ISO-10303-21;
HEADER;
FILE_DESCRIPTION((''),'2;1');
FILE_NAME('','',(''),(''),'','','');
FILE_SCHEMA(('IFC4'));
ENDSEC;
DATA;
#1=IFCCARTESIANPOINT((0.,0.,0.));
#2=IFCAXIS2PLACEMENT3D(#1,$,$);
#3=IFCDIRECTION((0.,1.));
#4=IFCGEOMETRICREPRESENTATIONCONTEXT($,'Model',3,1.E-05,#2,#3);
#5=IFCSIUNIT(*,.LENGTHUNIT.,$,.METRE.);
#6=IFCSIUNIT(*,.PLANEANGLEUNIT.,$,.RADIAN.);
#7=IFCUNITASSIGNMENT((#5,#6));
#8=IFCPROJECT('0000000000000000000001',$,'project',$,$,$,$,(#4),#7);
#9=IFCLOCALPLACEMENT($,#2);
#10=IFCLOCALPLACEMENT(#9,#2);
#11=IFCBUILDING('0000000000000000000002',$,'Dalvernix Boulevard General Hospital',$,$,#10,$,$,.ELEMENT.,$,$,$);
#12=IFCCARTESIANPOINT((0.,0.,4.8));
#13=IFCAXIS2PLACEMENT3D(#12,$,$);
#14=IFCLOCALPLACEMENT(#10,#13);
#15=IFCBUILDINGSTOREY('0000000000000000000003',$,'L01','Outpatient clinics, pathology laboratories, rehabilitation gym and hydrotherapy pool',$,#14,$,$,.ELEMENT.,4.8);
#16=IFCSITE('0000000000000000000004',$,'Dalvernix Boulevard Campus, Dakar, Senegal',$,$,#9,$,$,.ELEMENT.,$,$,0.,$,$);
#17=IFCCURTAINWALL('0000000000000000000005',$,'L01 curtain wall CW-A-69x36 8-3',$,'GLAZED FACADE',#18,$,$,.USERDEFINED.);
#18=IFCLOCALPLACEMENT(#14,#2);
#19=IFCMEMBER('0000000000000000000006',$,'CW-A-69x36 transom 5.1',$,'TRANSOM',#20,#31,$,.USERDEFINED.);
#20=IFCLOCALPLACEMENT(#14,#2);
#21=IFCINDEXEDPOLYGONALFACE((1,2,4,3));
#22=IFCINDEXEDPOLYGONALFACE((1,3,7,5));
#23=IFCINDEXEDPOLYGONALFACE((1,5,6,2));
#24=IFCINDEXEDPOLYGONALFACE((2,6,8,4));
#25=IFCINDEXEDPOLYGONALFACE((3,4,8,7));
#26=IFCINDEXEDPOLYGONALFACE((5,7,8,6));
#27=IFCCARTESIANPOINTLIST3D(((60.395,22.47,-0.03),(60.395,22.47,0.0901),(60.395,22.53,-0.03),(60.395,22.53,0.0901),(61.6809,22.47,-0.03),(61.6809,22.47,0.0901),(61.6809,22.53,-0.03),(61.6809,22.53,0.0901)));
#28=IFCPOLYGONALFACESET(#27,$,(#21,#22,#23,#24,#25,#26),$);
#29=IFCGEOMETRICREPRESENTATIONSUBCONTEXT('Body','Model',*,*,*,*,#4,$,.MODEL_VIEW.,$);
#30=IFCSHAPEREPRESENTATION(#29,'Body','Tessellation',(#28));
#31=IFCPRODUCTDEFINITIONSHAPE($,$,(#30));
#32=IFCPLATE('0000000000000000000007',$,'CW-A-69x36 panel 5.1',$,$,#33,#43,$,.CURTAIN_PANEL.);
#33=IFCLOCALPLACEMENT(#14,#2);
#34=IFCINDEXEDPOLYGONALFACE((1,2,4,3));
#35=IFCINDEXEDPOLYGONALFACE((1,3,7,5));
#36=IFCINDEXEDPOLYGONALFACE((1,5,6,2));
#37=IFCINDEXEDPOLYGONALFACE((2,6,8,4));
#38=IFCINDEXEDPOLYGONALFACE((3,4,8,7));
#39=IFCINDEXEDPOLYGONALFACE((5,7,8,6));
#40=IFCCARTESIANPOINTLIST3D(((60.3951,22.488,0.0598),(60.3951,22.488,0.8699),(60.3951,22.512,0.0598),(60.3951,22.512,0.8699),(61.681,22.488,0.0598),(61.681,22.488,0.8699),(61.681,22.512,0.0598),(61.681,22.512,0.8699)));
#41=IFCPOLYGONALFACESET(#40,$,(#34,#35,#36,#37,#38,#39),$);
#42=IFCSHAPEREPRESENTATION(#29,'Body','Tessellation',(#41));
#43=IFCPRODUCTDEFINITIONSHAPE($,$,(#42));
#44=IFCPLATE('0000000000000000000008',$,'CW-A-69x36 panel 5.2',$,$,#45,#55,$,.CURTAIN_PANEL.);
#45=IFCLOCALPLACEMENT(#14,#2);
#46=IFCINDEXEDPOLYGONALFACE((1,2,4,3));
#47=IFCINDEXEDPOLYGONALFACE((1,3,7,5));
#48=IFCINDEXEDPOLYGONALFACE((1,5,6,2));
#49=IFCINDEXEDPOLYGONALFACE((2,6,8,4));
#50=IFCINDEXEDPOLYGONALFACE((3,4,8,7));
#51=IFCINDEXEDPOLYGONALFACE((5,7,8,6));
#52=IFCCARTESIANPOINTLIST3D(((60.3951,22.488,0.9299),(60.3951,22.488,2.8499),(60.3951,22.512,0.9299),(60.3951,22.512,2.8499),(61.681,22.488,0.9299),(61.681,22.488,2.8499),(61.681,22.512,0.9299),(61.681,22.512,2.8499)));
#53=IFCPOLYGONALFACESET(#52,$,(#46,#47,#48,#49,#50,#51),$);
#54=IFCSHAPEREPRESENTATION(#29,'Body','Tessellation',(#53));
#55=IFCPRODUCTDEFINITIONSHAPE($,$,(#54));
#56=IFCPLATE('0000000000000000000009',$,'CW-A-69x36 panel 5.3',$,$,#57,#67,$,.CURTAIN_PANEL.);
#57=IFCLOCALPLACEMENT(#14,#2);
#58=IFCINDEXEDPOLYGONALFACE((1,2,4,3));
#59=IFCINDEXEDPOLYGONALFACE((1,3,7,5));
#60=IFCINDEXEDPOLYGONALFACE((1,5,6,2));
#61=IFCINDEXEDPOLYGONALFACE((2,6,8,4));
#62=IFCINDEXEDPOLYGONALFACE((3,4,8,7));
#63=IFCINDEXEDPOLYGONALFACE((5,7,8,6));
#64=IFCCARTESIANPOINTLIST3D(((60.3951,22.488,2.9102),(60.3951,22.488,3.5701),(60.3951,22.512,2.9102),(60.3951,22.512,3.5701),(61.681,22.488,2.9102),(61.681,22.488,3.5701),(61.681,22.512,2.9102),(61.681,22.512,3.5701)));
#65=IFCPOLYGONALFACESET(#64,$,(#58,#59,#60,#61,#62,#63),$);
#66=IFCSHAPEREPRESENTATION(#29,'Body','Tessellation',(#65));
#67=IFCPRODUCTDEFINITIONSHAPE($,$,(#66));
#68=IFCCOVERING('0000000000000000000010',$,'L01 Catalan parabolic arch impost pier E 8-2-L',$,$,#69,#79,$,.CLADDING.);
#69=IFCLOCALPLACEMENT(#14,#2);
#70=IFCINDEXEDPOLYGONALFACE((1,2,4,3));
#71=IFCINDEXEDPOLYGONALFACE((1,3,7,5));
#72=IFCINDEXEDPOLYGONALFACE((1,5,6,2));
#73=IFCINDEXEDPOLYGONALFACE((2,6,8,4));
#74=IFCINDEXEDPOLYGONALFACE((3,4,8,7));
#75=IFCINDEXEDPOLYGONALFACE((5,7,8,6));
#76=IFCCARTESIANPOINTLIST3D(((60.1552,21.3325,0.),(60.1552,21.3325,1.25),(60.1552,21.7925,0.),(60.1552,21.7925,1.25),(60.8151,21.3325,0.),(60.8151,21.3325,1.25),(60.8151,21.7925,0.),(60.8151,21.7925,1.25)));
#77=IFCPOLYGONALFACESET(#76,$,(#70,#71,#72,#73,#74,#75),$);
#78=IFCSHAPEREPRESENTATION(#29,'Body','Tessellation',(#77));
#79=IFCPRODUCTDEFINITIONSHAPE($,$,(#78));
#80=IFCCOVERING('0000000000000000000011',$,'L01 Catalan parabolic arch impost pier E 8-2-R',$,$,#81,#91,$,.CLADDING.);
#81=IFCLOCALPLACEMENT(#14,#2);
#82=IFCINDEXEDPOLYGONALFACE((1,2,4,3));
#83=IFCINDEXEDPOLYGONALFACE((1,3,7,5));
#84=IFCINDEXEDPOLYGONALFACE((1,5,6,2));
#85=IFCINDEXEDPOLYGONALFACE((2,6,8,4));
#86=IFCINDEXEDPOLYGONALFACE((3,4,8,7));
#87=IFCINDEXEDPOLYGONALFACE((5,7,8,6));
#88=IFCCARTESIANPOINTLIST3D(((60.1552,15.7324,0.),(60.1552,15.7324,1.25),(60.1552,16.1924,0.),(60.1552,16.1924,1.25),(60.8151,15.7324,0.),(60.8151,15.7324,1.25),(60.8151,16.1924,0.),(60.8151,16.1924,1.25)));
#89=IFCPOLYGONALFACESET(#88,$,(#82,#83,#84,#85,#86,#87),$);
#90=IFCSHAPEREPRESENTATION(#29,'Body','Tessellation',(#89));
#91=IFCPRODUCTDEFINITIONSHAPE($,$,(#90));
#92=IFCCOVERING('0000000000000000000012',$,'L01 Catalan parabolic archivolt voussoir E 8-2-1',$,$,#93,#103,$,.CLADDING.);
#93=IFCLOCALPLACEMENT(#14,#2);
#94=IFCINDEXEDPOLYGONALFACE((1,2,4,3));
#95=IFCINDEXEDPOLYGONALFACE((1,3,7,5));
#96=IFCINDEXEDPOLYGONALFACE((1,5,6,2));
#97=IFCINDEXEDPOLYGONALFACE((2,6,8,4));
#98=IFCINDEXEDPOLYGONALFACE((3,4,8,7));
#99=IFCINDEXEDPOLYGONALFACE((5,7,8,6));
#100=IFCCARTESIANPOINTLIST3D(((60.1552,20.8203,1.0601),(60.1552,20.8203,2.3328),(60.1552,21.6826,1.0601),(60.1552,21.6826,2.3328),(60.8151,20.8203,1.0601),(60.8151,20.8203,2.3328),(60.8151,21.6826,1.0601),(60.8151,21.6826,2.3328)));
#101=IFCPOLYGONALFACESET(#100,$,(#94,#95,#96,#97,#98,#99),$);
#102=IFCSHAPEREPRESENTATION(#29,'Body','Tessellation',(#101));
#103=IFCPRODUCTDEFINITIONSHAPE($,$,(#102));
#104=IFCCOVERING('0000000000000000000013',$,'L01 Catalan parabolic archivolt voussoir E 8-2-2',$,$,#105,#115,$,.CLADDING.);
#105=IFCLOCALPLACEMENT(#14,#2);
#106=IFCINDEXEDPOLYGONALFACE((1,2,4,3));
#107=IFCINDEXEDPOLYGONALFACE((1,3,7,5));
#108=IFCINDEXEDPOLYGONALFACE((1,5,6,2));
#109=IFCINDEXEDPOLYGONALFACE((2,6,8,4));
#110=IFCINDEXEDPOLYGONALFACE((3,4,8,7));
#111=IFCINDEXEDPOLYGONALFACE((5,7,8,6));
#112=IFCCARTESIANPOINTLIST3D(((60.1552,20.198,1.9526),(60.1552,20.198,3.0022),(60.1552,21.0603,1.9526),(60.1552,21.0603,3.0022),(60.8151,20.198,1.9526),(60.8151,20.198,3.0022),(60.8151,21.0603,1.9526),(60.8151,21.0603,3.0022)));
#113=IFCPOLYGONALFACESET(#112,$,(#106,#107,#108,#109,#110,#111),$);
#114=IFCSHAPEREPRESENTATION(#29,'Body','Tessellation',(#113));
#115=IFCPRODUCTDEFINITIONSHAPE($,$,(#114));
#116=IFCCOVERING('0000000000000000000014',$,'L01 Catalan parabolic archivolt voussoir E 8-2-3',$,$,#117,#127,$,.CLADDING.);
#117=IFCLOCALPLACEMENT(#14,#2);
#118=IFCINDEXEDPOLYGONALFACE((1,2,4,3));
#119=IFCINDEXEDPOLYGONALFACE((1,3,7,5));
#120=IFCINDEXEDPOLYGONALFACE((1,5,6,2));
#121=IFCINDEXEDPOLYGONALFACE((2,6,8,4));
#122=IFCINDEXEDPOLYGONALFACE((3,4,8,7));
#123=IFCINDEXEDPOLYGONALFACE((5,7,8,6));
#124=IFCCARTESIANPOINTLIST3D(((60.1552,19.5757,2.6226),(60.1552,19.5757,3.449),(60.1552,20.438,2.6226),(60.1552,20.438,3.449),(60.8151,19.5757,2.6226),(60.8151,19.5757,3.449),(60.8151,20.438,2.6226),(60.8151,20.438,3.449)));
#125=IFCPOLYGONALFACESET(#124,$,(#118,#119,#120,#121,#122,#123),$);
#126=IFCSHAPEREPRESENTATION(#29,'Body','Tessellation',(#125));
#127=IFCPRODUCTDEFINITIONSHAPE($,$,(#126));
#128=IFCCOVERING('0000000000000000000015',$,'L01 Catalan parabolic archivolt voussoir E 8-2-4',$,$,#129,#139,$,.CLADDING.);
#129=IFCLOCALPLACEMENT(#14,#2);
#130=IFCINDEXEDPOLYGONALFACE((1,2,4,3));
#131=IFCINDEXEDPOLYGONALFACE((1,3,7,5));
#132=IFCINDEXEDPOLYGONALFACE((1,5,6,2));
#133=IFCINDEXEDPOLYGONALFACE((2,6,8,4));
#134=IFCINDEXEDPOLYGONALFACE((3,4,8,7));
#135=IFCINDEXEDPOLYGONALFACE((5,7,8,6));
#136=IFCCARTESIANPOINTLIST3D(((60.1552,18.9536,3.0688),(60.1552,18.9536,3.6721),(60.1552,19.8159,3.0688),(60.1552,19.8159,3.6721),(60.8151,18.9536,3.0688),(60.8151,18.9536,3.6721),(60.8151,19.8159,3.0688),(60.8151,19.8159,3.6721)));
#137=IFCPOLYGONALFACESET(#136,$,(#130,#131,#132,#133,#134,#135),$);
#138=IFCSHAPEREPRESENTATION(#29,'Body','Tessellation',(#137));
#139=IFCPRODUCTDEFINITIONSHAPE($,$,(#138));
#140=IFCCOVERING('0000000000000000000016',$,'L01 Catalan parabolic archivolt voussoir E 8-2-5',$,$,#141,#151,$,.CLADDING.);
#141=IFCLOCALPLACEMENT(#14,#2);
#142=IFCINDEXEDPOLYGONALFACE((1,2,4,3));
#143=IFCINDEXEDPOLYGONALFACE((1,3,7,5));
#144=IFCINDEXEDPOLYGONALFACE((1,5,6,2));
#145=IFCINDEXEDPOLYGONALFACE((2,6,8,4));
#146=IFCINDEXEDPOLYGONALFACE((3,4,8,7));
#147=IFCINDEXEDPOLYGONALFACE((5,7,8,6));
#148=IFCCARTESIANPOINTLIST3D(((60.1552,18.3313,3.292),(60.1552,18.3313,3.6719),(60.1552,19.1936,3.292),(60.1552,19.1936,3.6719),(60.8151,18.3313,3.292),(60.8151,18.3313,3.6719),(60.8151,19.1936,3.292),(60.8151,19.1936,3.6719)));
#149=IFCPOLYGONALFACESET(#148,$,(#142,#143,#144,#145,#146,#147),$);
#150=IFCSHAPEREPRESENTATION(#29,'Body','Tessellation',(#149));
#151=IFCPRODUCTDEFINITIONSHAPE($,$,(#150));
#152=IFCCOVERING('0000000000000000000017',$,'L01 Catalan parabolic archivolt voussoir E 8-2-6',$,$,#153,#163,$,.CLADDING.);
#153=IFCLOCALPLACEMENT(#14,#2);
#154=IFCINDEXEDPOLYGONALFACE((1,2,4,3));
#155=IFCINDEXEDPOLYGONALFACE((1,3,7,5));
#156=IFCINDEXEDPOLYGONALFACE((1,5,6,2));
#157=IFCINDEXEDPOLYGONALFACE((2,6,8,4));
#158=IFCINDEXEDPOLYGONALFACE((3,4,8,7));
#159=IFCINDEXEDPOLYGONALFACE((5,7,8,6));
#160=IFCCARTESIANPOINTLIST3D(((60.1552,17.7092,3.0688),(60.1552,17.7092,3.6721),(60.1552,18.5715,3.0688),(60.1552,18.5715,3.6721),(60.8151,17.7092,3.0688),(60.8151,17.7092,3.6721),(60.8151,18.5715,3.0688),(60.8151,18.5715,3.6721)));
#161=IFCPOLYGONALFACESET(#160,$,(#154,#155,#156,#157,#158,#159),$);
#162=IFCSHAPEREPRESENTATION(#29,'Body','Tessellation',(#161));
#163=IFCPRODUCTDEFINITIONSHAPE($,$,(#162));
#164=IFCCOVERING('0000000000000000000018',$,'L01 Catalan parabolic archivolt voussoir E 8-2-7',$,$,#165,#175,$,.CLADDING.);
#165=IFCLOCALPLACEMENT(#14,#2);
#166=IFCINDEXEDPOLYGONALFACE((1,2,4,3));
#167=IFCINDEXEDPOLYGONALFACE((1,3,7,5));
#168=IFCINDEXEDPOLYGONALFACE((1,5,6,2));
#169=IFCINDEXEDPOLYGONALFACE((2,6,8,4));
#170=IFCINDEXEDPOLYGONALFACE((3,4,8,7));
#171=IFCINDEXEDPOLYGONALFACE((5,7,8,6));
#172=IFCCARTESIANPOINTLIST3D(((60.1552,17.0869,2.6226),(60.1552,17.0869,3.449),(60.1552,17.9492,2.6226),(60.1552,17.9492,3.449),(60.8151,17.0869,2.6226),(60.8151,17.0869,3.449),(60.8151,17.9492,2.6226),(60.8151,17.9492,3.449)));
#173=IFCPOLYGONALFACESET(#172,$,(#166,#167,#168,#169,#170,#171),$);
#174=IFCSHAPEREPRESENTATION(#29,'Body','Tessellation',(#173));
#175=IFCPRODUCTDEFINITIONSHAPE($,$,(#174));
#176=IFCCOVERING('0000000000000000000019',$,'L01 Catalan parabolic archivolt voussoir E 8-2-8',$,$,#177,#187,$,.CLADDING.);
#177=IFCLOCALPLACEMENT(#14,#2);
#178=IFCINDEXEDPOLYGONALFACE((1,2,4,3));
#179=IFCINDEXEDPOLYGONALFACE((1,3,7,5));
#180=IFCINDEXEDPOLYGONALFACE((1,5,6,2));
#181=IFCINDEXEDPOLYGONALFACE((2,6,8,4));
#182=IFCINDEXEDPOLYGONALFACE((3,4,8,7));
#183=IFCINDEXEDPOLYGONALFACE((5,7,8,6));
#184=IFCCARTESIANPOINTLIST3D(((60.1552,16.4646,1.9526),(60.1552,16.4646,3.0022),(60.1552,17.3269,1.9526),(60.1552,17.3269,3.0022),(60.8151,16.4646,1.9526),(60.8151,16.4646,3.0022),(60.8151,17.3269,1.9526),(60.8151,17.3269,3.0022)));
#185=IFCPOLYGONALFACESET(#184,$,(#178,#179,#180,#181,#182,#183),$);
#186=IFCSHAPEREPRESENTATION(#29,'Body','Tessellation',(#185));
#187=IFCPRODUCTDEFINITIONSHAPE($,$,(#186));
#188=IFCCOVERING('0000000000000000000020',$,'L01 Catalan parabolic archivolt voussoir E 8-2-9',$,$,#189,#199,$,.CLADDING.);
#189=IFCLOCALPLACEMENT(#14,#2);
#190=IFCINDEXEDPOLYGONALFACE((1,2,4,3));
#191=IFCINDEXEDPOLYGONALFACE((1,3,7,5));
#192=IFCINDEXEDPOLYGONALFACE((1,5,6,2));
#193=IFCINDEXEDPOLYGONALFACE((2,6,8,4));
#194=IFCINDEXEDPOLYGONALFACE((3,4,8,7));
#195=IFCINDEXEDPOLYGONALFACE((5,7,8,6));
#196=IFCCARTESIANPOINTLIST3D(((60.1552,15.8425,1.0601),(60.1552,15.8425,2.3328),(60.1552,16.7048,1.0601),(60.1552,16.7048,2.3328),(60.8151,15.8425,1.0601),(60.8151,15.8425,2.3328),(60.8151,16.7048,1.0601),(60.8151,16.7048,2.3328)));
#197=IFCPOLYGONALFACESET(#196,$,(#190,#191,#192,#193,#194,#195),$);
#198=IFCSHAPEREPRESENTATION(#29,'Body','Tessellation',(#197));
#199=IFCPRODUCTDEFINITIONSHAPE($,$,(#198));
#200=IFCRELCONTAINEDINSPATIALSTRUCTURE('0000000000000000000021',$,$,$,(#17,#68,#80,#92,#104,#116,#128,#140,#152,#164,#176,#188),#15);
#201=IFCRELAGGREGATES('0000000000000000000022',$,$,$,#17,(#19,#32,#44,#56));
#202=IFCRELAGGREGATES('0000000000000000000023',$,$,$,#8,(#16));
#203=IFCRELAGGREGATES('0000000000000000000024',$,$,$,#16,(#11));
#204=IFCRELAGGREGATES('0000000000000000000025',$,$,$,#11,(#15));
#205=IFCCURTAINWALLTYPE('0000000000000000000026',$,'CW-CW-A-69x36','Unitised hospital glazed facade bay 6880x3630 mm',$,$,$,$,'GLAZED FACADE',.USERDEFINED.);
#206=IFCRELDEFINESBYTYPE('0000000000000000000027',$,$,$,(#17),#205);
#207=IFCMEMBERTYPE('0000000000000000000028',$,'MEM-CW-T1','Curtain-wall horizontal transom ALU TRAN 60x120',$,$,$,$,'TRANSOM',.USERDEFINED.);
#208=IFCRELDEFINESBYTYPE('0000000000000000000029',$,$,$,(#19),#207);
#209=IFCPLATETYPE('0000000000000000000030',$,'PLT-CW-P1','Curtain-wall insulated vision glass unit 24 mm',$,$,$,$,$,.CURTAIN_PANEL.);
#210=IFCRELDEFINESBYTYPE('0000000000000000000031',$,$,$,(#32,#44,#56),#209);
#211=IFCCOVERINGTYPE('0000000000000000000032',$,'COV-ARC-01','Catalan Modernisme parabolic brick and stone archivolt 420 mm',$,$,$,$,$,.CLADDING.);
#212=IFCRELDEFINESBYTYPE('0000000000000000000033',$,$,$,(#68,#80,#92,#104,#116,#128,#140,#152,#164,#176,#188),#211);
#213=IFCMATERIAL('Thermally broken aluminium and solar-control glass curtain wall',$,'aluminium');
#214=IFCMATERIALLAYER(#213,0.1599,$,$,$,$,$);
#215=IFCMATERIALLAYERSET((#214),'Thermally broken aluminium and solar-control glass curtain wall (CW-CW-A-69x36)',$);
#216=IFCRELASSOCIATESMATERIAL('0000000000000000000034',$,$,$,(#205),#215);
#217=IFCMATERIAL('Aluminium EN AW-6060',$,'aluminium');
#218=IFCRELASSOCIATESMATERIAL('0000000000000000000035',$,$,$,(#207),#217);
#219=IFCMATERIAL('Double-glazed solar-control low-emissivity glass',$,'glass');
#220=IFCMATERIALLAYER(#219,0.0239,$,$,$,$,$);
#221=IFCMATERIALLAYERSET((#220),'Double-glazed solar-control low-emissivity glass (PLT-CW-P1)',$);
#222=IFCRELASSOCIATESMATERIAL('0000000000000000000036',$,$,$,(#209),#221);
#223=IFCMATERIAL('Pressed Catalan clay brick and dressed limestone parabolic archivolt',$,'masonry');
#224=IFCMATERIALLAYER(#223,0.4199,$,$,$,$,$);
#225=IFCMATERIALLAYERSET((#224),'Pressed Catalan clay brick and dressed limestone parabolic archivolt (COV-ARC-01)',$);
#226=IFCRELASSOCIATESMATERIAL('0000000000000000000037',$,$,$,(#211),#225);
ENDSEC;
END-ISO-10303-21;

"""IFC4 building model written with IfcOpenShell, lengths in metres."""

from ifc_helpers import new_model, si_unit, direction, frame, origin, origin_2d, place, context, subcontext, project, spatial, rectangle, extrude, material, layer, layer_set, material_profile, profile_set, type_object, element, aggregate, save


model = new_model("IFC4")

# Units and contexts
model_context = context("Model", 3, precision=1e-05, world=origin(), true_north=direction((0.0, 1.0)))
body_context = subcontext(model_context, "Body", "Model", "MODEL_VIEW")
ifc_project = project(units=[si_unit("LENGTHUNIT", "METRE"), si_unit("PLANEANGLEUNIT", "RADIAN")], contexts=[model_context])

# Site, building, storey
site_placement = place(None, origin())
site = spatial("IfcSite", under=ifc_project, at=site_placement, Name="Dalvernix Boulevard Campus, Dakar, Senegal", CompositionType="ELEMENT", RefElevation=0.0)
building_placement = place(site_placement, origin())
building = spatial("IfcBuilding", under=site, at=building_placement, Name="Dalvernix Boulevard General Hospital", CompositionType="ELEMENT")
storey_placement = place(building_placement, frame((0.0, 0.0, 4.8)))
storey = spatial("IfcBuildingStorey", under=building, at=storey_placement, Name="L01", Description="Outpatient clinics, pathology laboratories, rehabilitation gym and hydrotherapy pool", CompositionType="ELEMENT", Elevation=4.8)

# Curtain wall, member, plates
ifc_material_1 = material(Name="Thermally broken aluminium and solar-control glass curtain wall", Category="aluminium")
ifc_layer_1 = layer(ifc_material_1, 0.1599)
ifc_layer_set_1 = layer_set([ifc_layer_1], Name="Thermally broken aluminium and solar-control glass curtain wall (CW-CW-A-69x36)")
curtain_wall_type = type_object("IfcCurtainWallType", Name="CW-CW-A-69x36", Description="Unitised hospital glazed facade bay 6880x3630 mm", ElementType="GLAZED FACADE", PredefinedType="USERDEFINED", material=ifc_layer_set_1)
curtain_wall_placement = place(storey_placement, origin())
curtain_wall = element("IfcCurtainWall", 1, at=curtain_wall_placement, inside=storey, type_object=curtain_wall_type, Name="L01 curtain wall CW-A-69x36 8-3", ObjectType="GLAZED FACADE", PredefinedType="USERDEFINED")
ifc_material_2 = material(Name="Aluminium EN AW-6060", Category="aluminium")
ifc_material_profile = material_profile(ifc_material_2, rectangle(XDim=0.0601, YDim=0.1201, at=origin_2d()), Name="ALU TRAN 60x120")
ifc_profile_set = profile_set([ifc_material_profile], Name="Aluminium EN AW-6060")
member_type = type_object("IfcMemberType", Name="MEM-CW-T1", Description="Curtain-wall horizontal transom ALU TRAN 60x120", ElementType="TRANSOM", PredefinedType="USERDEFINED", material=ifc_profile_set)
member_placement = place(storey_placement, frame((61.6809, 22.5, 0.03), z_axis=(-1.0, 0.0, 0.0), x_axis=(0.0, -1.0, 0.0)))
member = element("IfcMember", 2, at=member_placement, type_object=member_type, Name="CW-A-69x36 transom 5.1", ObjectType="TRANSOM", PredefinedType="USERDEFINED", context=body_context, shape_type="SweptSolid", body=[
    extrude(rectangle(XDim=0.0601, YDim=0.1201, at=origin_2d()), origin(), (0.0, 0.0, 1.0), 1.2859),
])
ifc_material_3 = material(Name="Double-glazed solar-control low-emissivity glass", Category="glass")
ifc_layer_2 = layer(ifc_material_3, 0.0239)
ifc_layer_set_2 = layer_set([ifc_layer_2], Name="Double-glazed solar-control low-emissivity glass (PLT-CW-P1)")
plate_type = type_object("IfcPlateType", Name="PLT-CW-P1", Description="Curtain-wall insulated vision glass unit 24 mm", PredefinedType="CURTAIN_PANEL", material=ifc_layer_set_2)
plate_1_placement = place(storey_placement, frame((61.0381, 22.5, 0.0598), z_axis=(0.0, 0.0, 1.0), x_axis=(-1.0, 0.0, 0.0)))
plate_1 = element("IfcPlate", 3, at=plate_1_placement, type_object=plate_type, Name="CW-A-69x36 panel 5.1", PredefinedType="CURTAIN_PANEL", context=body_context, shape_type="SweptSolid", body=[
    extrude(rectangle(XDim=1.2859, YDim=0.0239, at=origin_2d()), origin(), (0.0, 0.0, 1.0), 0.8101),
])
plate_2_placement = place(storey_placement, frame((61.0381, 22.5, 0.9299), z_axis=(0.0, 0.0, 1.0), x_axis=(-1.0, 0.0, 0.0)))
plate_2 = element("IfcPlate", 4, at=plate_2_placement, type_object=plate_type, Name="CW-A-69x36 panel 5.2", PredefinedType="CURTAIN_PANEL", context=body_context, shape_type="SweptSolid", body=[
    extrude(rectangle(XDim=1.2859, YDim=0.0239, at=origin_2d()), origin(), (0.0, 0.0, 1.0), 1.9199),
])
plate_3_placement = place(storey_placement, frame((61.0381, 22.5, 2.9102), z_axis=(0.0, 0.0, 1.0), x_axis=(-1.0, 0.0, 0.0)))
plate_3 = element("IfcPlate", 5, at=plate_3_placement, type_object=plate_type, Name="CW-A-69x36 panel 5.3", PredefinedType="CURTAIN_PANEL", context=body_context, shape_type="SweptSolid", body=[
    extrude(rectangle(XDim=1.2859, YDim=0.0239, at=origin_2d()), origin(), (0.0, 0.0, 1.0), 0.6599),
])
aggregate(curtain_wall, [member, plate_1, plate_2, plate_3])

# Coverings
ifc_material_4 = material(Name="Pressed Catalan clay brick and dressed limestone parabolic archivolt", Category="masonry")
ifc_layer_3 = layer(ifc_material_4, 0.4199)
ifc_layer_set_3 = layer_set([ifc_layer_3], Name="Pressed Catalan clay brick and dressed limestone parabolic archivolt (COV-ARC-01)")
covering_type_1 = type_object("IfcCoveringType", Name="COV-ARC-01", Description="Catalan Modernisme parabolic brick and stone archivolt 420 mm", PredefinedType="CLADDING", material=ifc_layer_set_3)
for number, where, z_axis, x_axis, name in (
    (6, (60.4851, 21.5625, 0.0), (0.0, 0.0, 1.0), (0.0, -1.0, 0.0), "L01 Catalan parabolic arch impost pier E 8-2-L"),
    (7, (60.4851, 15.9624, 0.0), (0.0, 0.0, 1.0), (0.0, -1.0, 0.0), "L01 Catalan parabolic arch impost pier E 8-2-R"),
):
    element("IfcCovering", number, at=place(storey_placement, frame(where, z_axis=z_axis, x_axis=x_axis)), inside=storey, type_object=covering_type_1, Name=name, PredefinedType="CLADDING", context=body_context, shape_type="SweptSolid", body=[
        extrude(rectangle(XDim=0.46, YDim=0.6599, at=origin_2d()), origin(), (0.0, 0.0, 1.0), 1.25),
    ])
covering_1_placement = place(storey_placement, frame((60.4851, 21.2515, 1.0601), z_axis=(0.0, 0.0, 1.0), x_axis=(0.0, -1.0, 0.0)))
element("IfcCovering", 8, at=covering_1_placement, inside=storey, type_object=covering_type_1, Name="L01 Catalan parabolic archivolt voussoir E 8-2-1", PredefinedType="CLADDING", context=body_context, shape_type="SweptSolid", body=[
    extrude(rectangle(XDim=0.8623, YDim=0.6599, at=origin_2d()), origin(), (0.0, 0.0, 1.0), 1.2727),
])
covering_2_placement = place(storey_placement, frame((60.4851, 20.6292, 1.9526), z_axis=(0.0, 0.0, 1.0), x_axis=(0.0, -1.0, 0.0)))
element("IfcCovering", 9, at=covering_2_placement, inside=storey, type_object=covering_type_1, Name="L01 Catalan parabolic archivolt voussoir E 8-2-2", PredefinedType="CLADDING", context=body_context, shape_type="SweptSolid", body=[
    extrude(rectangle(XDim=0.8623, YDim=0.6599, at=origin_2d()), origin(), (0.0, 0.0, 1.0), 1.0496),
])
covering_3_placement = place(storey_placement, frame((60.4851, 20.0068, 2.6226), z_axis=(0.0, 0.0, 1.0), x_axis=(0.0, -1.0, 0.0)))
element("IfcCovering", 10, at=covering_3_placement, inside=storey, type_object=covering_type_1, Name="L01 Catalan parabolic archivolt voussoir E 8-2-3", PredefinedType="CLADDING", context=body_context, shape_type="SweptSolid", body=[
    extrude(rectangle(XDim=0.8623, YDim=0.6599, at=origin_2d()), origin(), (0.0, 0.0, 1.0), 0.8264),
])
covering_4_placement = place(storey_placement, frame((60.4851, 19.3848, 3.0688), z_axis=(0.0, 0.0, 1.0), x_axis=(0.0, -1.0, 0.0)))
element("IfcCovering", 11, at=covering_4_placement, inside=storey, type_object=covering_type_1, Name="L01 Catalan parabolic archivolt voussoir E 8-2-4", PredefinedType="CLADDING", context=body_context, shape_type="SweptSolid", body=[
    extrude(rectangle(XDim=0.8623, YDim=0.6599, at=origin_2d()), origin(), (0.0, 0.0, 1.0), 0.6033),
])
covering_5_placement = place(storey_placement, frame((60.4851, 18.7625, 3.292), z_axis=(0.0, 0.0, 1.0), x_axis=(0.0, -1.0, 0.0)))
element("IfcCovering", 12, at=covering_5_placement, inside=storey, type_object=covering_type_1, Name="L01 Catalan parabolic archivolt voussoir E 8-2-5", PredefinedType="CLADDING", context=body_context, shape_type="SweptSolid", body=[
    extrude(rectangle(XDim=0.8623, YDim=0.6599, at=origin_2d()), origin(), (0.0, 0.0, 1.0), 0.3799),
])
covering_6_placement = place(storey_placement, frame((60.4851, 18.1404, 3.0688), z_axis=(0.0, 0.0, 1.0), x_axis=(0.0, -1.0, 0.0)))
element("IfcCovering", 13, at=covering_6_placement, inside=storey, type_object=covering_type_1, Name="L01 Catalan parabolic archivolt voussoir E 8-2-6", PredefinedType="CLADDING", context=body_context, shape_type="SweptSolid", body=[
    extrude(rectangle(XDim=0.8623, YDim=0.6599, at=origin_2d()), origin(), (0.0, 0.0, 1.0), 0.6033),
])
covering_7_placement = place(storey_placement, frame((60.4851, 17.5181, 2.6226), z_axis=(0.0, 0.0, 1.0), x_axis=(0.0, -1.0, 0.0)))
element("IfcCovering", 14, at=covering_7_placement, inside=storey, type_object=covering_type_1, Name="L01 Catalan parabolic archivolt voussoir E 8-2-7", PredefinedType="CLADDING", context=body_context, shape_type="SweptSolid", body=[
    extrude(rectangle(XDim=0.8623, YDim=0.6599, at=origin_2d()), origin(), (0.0, 0.0, 1.0), 0.8264),
])
covering_8_placement = place(storey_placement, frame((60.4851, 16.8958, 1.9526), z_axis=(0.0, 0.0, 1.0), x_axis=(0.0, -1.0, 0.0)))
element("IfcCovering", 15, at=covering_8_placement, inside=storey, type_object=covering_type_1, Name="L01 Catalan parabolic archivolt voussoir E 8-2-8", PredefinedType="CLADDING", context=body_context, shape_type="SweptSolid", body=[
    extrude(rectangle(XDim=0.8623, YDim=0.6599, at=origin_2d()), origin(), (0.0, 0.0, 1.0), 1.0496),
])
covering_9_placement = place(storey_placement, frame((60.4851, 16.2737, 1.0601), z_axis=(0.0, 0.0, 1.0), x_axis=(0.0, -1.0, 0.0)))
element("IfcCovering", 16, at=covering_9_placement, inside=storey, type_object=covering_type_1, Name="L01 Catalan parabolic archivolt voussoir E 8-2-9", PredefinedType="CLADDING", context=body_context, shape_type="SweptSolid", body=[
    extrude(rectangle(XDim=0.8623, YDim=0.6599, at=origin_2d()), origin(), (0.0, 0.0, 1.0), 1.2727),
])

save(model, "model.ifc")
